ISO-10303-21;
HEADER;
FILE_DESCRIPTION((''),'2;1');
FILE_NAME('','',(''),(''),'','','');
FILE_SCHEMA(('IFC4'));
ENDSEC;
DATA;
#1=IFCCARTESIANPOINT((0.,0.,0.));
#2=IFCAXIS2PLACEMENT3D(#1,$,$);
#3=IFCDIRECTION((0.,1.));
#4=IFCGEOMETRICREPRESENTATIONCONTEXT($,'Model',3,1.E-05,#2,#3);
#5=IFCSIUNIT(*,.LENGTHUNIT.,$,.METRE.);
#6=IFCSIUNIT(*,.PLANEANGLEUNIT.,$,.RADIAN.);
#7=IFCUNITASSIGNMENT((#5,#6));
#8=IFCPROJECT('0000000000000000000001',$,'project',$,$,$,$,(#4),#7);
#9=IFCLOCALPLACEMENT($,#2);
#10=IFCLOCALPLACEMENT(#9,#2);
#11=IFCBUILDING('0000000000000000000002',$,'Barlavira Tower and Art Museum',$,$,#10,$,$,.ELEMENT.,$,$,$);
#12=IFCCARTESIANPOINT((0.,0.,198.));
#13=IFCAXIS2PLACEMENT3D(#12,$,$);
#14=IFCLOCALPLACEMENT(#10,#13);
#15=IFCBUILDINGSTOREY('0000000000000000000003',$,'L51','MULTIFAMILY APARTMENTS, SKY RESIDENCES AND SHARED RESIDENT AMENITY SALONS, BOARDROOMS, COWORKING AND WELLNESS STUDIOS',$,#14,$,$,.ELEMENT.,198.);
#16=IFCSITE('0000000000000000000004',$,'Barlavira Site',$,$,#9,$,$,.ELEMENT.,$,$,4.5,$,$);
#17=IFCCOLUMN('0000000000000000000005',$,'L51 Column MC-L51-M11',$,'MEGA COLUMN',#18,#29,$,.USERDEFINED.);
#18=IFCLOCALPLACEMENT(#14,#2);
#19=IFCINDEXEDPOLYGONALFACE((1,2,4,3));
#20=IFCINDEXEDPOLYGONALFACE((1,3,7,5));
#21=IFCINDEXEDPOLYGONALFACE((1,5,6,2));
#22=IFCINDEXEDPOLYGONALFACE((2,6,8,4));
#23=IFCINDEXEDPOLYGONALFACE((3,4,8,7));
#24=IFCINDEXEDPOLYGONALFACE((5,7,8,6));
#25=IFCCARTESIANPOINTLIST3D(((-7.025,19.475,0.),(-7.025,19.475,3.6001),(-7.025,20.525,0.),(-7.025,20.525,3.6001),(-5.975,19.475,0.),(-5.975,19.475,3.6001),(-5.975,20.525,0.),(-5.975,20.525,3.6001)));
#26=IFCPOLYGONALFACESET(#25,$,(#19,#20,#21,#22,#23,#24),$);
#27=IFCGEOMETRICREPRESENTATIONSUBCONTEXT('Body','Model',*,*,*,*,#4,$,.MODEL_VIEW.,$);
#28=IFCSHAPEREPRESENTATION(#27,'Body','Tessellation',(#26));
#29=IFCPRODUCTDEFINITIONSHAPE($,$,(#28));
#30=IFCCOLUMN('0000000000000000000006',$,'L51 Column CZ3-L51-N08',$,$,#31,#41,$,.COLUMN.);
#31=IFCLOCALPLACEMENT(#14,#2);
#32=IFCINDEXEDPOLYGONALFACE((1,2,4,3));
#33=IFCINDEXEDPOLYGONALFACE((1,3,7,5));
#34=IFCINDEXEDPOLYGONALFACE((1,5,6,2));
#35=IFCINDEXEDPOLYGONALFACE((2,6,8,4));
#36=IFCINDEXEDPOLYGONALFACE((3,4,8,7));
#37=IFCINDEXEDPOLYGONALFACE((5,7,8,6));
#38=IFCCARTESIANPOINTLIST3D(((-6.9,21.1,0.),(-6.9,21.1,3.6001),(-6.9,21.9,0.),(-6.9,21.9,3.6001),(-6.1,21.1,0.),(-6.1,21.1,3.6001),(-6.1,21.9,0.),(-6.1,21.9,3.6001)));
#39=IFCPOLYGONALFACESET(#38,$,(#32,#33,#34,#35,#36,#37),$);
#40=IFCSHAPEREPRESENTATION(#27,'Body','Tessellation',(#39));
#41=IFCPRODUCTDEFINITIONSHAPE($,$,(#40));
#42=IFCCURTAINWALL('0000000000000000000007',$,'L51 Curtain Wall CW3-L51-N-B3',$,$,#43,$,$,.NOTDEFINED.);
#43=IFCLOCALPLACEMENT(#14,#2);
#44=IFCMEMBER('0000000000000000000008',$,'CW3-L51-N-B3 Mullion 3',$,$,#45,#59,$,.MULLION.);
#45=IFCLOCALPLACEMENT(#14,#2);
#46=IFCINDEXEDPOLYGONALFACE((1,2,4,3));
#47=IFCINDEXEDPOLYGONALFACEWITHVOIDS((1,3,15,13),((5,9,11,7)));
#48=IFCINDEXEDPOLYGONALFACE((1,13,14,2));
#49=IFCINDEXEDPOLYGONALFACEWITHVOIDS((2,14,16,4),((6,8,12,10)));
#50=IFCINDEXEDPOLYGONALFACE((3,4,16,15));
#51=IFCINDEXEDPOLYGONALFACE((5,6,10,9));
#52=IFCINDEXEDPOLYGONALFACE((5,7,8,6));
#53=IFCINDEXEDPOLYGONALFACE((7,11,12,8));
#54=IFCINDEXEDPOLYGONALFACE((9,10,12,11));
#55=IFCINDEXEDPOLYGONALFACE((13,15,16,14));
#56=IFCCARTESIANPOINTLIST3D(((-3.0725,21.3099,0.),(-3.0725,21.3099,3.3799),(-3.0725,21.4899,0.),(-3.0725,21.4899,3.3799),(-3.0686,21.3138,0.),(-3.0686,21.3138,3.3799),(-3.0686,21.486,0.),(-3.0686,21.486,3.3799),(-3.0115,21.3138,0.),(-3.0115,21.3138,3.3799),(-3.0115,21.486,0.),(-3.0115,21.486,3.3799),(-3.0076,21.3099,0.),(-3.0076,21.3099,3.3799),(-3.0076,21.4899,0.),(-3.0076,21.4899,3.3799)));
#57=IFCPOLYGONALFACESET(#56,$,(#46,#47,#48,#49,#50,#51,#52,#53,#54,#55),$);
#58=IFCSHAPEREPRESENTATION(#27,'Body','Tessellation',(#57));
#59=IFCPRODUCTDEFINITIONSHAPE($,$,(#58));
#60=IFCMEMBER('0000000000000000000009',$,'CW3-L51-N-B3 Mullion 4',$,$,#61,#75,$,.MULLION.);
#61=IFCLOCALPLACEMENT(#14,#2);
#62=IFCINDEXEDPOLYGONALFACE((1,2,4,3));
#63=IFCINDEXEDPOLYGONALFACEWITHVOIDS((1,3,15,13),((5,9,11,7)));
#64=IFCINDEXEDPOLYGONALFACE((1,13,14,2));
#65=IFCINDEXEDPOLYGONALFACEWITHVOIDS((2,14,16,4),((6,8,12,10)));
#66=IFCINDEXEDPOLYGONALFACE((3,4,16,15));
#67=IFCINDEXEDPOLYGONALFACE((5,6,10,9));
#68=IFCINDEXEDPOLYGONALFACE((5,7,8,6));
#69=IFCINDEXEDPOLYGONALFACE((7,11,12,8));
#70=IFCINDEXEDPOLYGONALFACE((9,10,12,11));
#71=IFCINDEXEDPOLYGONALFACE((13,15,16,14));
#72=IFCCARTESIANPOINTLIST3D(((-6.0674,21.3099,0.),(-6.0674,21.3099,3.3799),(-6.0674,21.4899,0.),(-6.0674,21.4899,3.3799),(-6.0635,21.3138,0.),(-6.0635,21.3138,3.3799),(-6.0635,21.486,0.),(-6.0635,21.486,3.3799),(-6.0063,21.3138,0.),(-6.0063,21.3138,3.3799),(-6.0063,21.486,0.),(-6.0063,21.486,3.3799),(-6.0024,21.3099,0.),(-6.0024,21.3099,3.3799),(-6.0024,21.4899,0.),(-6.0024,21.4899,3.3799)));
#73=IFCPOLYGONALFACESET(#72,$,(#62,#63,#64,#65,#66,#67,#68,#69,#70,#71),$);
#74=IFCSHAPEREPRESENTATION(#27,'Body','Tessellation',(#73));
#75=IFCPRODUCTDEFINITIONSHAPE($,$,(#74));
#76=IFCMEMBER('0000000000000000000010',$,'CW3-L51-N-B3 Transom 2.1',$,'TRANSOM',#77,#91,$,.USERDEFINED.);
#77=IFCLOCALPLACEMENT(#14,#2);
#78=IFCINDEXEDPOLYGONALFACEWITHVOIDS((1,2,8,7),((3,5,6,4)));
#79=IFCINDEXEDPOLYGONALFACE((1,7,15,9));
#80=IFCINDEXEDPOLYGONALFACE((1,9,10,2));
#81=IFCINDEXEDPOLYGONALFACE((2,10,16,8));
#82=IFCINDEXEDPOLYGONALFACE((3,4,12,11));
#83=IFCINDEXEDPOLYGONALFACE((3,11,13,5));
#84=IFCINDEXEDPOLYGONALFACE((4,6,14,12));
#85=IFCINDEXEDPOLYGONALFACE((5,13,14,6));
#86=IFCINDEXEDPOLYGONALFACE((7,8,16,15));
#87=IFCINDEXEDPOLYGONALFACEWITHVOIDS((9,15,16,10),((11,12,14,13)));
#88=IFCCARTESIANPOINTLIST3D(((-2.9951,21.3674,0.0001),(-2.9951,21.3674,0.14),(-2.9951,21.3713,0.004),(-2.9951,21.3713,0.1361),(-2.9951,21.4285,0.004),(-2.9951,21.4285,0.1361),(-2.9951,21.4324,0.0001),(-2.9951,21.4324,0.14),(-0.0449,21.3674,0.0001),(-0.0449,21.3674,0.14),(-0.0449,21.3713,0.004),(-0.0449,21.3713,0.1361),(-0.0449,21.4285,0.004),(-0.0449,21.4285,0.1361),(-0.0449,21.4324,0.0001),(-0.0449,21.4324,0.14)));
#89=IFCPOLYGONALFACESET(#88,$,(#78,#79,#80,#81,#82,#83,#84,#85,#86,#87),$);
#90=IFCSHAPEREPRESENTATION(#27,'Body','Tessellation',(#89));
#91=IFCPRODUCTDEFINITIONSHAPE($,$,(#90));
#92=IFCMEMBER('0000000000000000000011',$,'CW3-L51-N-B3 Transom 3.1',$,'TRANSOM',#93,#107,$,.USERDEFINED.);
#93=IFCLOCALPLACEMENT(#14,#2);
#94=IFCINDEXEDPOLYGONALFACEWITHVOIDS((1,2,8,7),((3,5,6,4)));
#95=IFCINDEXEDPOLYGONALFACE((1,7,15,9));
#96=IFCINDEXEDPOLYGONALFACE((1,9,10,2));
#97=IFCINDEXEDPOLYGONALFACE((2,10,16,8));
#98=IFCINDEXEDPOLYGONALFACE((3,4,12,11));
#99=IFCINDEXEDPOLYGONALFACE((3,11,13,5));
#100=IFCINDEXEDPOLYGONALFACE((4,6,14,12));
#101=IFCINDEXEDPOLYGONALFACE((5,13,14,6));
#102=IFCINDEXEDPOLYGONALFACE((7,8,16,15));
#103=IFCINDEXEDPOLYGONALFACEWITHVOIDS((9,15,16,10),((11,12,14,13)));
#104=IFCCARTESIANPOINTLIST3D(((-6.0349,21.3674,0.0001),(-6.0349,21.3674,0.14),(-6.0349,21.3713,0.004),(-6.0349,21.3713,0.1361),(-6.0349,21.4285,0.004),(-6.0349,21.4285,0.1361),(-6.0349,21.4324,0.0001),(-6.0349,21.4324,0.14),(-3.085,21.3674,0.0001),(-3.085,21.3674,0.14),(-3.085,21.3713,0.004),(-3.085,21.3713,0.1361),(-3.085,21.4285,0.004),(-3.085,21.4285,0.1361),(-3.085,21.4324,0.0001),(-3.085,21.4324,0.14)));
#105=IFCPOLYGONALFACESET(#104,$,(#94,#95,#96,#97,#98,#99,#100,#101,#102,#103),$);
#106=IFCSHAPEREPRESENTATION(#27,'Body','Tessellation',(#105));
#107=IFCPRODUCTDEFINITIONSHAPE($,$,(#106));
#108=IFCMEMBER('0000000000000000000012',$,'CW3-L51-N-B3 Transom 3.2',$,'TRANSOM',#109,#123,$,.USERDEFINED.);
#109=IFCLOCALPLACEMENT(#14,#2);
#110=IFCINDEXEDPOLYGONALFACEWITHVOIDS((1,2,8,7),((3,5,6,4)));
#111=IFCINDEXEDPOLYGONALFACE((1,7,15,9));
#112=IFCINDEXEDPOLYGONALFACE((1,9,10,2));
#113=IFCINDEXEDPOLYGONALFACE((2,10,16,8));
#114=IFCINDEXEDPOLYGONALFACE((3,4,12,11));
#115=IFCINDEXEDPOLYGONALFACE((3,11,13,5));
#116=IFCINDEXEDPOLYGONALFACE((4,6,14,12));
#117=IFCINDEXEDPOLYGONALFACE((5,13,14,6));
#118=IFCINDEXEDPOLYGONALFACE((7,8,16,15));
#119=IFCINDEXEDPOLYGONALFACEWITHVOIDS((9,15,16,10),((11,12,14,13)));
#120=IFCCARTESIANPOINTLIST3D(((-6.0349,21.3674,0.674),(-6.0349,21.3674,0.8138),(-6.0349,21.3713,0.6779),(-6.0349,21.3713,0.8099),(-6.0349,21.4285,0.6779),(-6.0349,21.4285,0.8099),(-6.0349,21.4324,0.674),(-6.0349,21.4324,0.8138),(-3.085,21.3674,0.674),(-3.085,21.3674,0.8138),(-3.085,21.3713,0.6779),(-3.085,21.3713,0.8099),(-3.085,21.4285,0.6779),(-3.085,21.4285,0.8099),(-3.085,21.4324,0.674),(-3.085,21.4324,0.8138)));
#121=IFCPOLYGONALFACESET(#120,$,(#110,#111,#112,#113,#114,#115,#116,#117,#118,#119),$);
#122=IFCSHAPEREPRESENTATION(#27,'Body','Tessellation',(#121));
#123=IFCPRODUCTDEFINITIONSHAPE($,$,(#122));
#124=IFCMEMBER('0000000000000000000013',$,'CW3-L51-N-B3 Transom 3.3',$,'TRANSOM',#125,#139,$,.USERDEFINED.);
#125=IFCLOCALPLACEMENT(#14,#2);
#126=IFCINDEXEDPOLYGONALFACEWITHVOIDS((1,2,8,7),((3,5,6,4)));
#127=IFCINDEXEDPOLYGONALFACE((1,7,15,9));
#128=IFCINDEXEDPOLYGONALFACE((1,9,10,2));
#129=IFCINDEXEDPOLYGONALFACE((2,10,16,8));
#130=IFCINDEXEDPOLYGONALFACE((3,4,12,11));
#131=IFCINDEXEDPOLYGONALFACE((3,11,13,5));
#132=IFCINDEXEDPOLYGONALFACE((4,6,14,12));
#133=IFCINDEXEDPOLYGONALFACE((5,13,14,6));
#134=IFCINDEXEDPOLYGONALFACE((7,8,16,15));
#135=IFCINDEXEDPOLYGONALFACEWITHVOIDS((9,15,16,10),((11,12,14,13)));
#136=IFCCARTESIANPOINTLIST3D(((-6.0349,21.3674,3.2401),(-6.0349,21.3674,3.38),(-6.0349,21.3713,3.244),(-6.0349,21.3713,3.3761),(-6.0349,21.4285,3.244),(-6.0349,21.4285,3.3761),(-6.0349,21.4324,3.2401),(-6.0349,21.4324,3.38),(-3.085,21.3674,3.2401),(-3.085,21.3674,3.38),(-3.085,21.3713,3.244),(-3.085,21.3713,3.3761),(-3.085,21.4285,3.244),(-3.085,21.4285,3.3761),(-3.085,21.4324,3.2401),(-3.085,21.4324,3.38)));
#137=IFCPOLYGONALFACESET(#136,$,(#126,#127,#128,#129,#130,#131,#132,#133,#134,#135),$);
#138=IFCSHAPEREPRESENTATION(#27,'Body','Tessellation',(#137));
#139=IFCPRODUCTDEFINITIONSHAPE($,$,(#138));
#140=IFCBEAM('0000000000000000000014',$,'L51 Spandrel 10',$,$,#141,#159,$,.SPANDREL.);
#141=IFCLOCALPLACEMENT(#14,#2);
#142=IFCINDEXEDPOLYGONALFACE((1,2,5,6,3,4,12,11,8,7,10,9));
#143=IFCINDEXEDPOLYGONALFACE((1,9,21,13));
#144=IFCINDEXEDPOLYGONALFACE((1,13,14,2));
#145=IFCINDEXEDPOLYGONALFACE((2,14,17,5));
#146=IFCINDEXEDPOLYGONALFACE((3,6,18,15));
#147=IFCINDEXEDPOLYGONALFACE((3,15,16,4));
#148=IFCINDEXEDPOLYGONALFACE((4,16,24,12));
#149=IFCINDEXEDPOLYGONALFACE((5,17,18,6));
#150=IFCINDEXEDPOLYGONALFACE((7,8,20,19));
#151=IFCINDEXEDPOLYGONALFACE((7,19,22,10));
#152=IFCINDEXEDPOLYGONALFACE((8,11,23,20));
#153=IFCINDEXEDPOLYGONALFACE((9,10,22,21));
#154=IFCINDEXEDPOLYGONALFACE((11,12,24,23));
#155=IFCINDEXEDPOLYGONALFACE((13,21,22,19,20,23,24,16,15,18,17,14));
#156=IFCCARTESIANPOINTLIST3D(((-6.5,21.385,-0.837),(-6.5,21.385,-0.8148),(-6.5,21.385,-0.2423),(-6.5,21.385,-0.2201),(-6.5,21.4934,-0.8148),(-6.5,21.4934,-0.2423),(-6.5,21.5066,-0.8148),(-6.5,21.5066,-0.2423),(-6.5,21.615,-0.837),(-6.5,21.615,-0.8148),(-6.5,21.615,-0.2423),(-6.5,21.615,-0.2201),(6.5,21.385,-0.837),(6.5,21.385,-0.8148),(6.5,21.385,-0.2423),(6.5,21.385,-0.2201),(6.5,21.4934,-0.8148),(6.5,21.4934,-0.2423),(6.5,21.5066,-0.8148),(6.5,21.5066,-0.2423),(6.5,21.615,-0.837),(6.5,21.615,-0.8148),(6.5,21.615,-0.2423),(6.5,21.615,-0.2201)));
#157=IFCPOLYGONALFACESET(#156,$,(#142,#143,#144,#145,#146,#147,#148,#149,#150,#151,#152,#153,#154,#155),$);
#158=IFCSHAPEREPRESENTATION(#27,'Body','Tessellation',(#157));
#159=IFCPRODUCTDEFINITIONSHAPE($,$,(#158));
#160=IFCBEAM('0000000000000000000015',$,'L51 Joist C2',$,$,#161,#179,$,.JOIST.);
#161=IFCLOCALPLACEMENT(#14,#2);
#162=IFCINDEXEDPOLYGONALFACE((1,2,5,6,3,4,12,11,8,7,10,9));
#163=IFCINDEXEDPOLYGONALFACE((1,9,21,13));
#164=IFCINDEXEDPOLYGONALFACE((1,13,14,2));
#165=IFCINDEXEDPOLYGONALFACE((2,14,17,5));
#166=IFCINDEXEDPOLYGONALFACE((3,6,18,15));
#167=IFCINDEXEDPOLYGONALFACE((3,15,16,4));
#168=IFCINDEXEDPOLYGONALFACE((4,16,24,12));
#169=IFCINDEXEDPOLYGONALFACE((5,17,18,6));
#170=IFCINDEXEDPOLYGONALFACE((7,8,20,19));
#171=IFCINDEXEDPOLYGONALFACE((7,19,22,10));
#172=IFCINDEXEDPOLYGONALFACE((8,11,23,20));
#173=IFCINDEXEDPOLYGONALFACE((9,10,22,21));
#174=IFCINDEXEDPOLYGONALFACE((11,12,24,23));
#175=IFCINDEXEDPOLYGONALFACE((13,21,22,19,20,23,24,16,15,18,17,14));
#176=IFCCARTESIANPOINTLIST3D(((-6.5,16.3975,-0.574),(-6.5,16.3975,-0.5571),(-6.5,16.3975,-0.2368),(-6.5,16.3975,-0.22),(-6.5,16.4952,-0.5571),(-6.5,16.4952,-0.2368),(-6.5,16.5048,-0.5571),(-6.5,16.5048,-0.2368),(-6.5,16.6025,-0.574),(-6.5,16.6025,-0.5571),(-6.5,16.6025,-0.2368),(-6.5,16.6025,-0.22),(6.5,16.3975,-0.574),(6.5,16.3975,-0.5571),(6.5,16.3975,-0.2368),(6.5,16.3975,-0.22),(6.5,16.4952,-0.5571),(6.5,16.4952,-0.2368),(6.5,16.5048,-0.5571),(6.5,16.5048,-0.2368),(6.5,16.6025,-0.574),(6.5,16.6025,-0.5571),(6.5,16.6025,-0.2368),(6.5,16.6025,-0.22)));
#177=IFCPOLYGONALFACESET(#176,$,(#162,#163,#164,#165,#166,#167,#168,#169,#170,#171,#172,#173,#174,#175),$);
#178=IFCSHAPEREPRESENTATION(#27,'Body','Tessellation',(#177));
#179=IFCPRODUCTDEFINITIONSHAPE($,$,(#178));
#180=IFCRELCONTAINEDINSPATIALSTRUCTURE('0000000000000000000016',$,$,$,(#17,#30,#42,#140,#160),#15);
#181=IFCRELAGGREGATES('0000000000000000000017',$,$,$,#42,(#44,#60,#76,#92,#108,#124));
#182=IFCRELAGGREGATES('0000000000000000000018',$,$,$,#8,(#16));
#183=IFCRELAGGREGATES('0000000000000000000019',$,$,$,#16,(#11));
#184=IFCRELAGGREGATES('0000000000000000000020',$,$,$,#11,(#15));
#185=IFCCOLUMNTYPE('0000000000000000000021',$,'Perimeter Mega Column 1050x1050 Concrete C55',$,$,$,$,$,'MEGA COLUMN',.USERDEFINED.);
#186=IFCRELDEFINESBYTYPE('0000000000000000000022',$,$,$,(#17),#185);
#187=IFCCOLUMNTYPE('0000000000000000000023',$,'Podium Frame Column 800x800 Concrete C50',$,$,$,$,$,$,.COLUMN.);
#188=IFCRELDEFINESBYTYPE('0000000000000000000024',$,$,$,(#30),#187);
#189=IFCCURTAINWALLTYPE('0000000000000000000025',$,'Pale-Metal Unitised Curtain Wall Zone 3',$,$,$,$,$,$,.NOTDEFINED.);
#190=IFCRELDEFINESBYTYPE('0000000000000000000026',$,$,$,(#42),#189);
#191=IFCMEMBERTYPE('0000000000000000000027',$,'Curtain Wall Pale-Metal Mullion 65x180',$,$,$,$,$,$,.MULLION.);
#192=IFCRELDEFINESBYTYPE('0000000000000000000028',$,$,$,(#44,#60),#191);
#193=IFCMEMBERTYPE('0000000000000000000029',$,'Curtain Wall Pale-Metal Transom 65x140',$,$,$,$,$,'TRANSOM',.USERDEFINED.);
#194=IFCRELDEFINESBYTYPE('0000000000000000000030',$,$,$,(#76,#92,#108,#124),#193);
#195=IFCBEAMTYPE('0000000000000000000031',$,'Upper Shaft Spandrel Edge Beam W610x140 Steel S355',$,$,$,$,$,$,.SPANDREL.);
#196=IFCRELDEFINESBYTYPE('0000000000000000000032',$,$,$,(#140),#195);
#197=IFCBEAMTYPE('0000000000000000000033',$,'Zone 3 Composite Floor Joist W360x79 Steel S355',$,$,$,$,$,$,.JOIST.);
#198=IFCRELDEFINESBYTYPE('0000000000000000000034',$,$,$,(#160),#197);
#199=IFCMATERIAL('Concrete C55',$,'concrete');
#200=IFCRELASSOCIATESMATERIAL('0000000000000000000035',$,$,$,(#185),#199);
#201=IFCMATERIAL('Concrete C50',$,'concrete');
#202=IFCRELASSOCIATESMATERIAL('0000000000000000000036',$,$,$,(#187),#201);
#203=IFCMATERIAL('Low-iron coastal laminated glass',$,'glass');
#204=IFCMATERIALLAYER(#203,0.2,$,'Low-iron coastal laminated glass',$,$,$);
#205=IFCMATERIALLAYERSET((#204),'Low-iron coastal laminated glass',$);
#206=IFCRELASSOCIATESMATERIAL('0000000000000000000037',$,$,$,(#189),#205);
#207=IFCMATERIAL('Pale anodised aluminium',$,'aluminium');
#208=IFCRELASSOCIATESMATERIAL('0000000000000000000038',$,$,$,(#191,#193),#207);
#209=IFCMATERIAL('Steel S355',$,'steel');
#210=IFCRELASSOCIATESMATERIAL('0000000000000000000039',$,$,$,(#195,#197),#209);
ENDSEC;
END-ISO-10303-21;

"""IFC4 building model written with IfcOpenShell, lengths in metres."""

from ifc_helpers import new_model, si_unit, direction, frame, origin, origin_2d, place, context, subcontext, project, spatial, rectangle, hollow_rectangle, i_section, extrude, material, layer, layer_set, material_profile, profile_set, type_object, element, aggregate, save


model = new_model("IFC4")

# Units and contexts
model_context = context("Model", 3, precision=1e-05, world=origin(), true_north=direction((0.0, 1.0)))
body_context = subcontext(model_context, "Body", "Model", "MODEL_VIEW")
ifc_project = project(units=[si_unit("LENGTHUNIT", "METRE"), si_unit("PLANEANGLEUNIT", "RADIAN")], contexts=[model_context])

# Site, building, storey
site_placement = place(None, origin())
site = spatial("IfcSite", under=ifc_project, at=site_placement, Name="Barlavira Site", CompositionType="ELEMENT", RefElevation=4.5)
building_placement = place(site_placement, origin())
building = spatial("IfcBuilding", under=site, at=building_placement, Name="Barlavira Tower and Art Museum", CompositionType="ELEMENT")
storey_placement = place(building_placement, frame((0.0, 0.0, 198.0)))
storey = spatial("IfcBuildingStorey", under=building, at=storey_placement, Name="L51", Description="MULTIFAMILY APARTMENTS, SKY RESIDENCES AND SHARED RESIDENT AMENITY SALONS, BOARDROOMS, COWORKING AND WELLNESS STUDIOS", CompositionType="ELEMENT", Elevation=198.0)

# Columns
ifc_material_1 = material(Name="Concrete C55", Category="concrete")
ifc_material_profile_1 = material_profile(ifc_material_1, rectangle(XDim=1.05, YDim=1.05, at=origin_2d()), Name="RC-COL 1050x1050")
ifc_profile_set_1 = profile_set([ifc_material_profile_1], Name="Concrete C55")
column_type_1 = type_object("IfcColumnType", Name="Perimeter Mega Column 1050x1050 Concrete C55", ElementType="MEGA COLUMN", PredefinedType="USERDEFINED", material=ifc_profile_set_1)
column_1_placement = place(storey_placement, frame((-6.5, 20.0, 0.0), z_axis=(0.0, 0.0, 1.0), x_axis=(1.0, 0.0, 0.0)))
element("IfcColumn", 1, at=column_1_placement, inside=storey, type_object=column_type_1, Name="L51 Column MC-L51-M11", ObjectType="MEGA COLUMN", PredefinedType="USERDEFINED", context=body_context, shape_type="SweptSolid", body=[
    extrude(rectangle(XDim=1.05, YDim=1.05, at=origin_2d()), origin(), (0.0, 0.0, 1.0), 3.6001),
])
ifc_material_2 = material(Name="Concrete C50", Category="concrete")
ifc_material_profile_2 = material_profile(ifc_material_2, rectangle(XDim=0.8, YDim=0.8, at=origin_2d()), Name="RC-COL 800x800")
ifc_profile_set_2 = profile_set([ifc_material_profile_2], Name="Concrete C50")
column_type_2 = type_object("IfcColumnType", Name="Podium Frame Column 800x800 Concrete C50", PredefinedType="COLUMN", material=ifc_profile_set_2)
column_2_placement = place(storey_placement, frame((-6.5, 21.5, 0.0), z_axis=(0.0, 0.0, 1.0), x_axis=(1.0, 0.0, 0.0)))
element("IfcColumn", 2, at=column_2_placement, inside=storey, type_object=column_type_2, Name="L51 Column CZ3-L51-N08", PredefinedType="COLUMN", context=body_context, shape_type="SweptSolid", body=[
    extrude(rectangle(XDim=0.8, YDim=0.8, at=origin_2d()), origin(), (0.0, 0.0, 1.0), 3.6001),
])

# Curtain wall, members
ifc_material_3 = material(Name="Low-iron coastal laminated glass", Category="glass")
ifc_layer_1 = layer(ifc_material_3, 0.2, Name="Low-iron coastal laminated glass")
ifc_layer_set_1 = layer_set([ifc_layer_1], Name="Low-iron coastal laminated glass")
curtain_wall_type = type_object("IfcCurtainWallType", Name="Pale-Metal Unitised Curtain Wall Zone 3", PredefinedType="NOTDEFINED", material=ifc_layer_set_1)
curtain_wall_placement = place(storey_placement, origin())
curtain_wall = element("IfcCurtainWall", 3, at=curtain_wall_placement, inside=storey, type_object=curtain_wall_type, Name="L51 Curtain Wall CW3-L51-N-B3", PredefinedType="NOTDEFINED")
ifc_material_4 = material(Name="Pale anodised aluminium", Category="aluminium")
ifc_material_profile_3 = material_profile(ifc_material_4, hollow_rectangle(XDim=0.0649, YDim=0.1799, WallThickness=0.0039, at=origin_2d()), Name="ALU-MULL 65x180x4")
ifc_profile_set_3 = profile_set([ifc_material_profile_3], Name="Pale anodised aluminium")
member_type_1 = type_object("IfcMemberType", Name="Curtain Wall Pale-Metal Mullion 65x180", PredefinedType="MULLION", material=ifc_profile_set_3)
member_1_placement = place(storey_placement, frame((-3.04, 21.3999, 0.0), z_axis=(0.0, 0.0, 1.0), x_axis=(-1.0, 0.0, 0.0)))
member_1 = element("IfcMember", 4, at=member_1_placement, type_object=member_type_1, Name="CW3-L51-N-B3 Mullion 3", PredefinedType="MULLION", context=body_context, shape_type="SweptSolid", body=[
    extrude(hollow_rectangle(XDim=0.0649, YDim=0.1799, WallThickness=0.0039, at=origin_2d()), origin(), (0.0, 0.0, 1.0), 3.3799),
])
member_2_placement = place(storey_placement, frame((-6.0349, 21.3999, 0.0), z_axis=(0.0, 0.0, 1.0), x_axis=(-1.0, 0.0, 0.0)))
member_2 = element("IfcMember", 5, at=member_2_placement, type_object=member_type_1, Name="CW3-L51-N-B3 Mullion 4", PredefinedType="MULLION", context=body_context, shape_type="SweptSolid", body=[
    extrude(hollow_rectangle(XDim=0.0649, YDim=0.1799, WallThickness=0.0039, at=origin_2d()), origin(), (0.0, 0.0, 1.0), 3.3799),
])
ifc_material_profile_4 = material_profile(ifc_material_4, hollow_rectangle(XDim=0.0649, YDim=0.1399, WallThickness=0.0039, at=origin_2d()), Name="ALU-TRAN 65x140x4")
ifc_profile_set_4 = profile_set([ifc_material_profile_4], Name="Pale anodised aluminium")
member_type_2 = type_object("IfcMemberType", Name="Curtain Wall Pale-Metal Transom 65x140", ElementType="TRANSOM", PredefinedType="USERDEFINED", material=ifc_profile_set_4)
member_3_placement = place(storey_placement, frame((-0.0449, 21.3999, 0.0701), z_axis=(-1.0, 0.0, 0.0), x_axis=(0.0, -1.0, 0.0)))
member_3 = element("IfcMember", 6, at=member_3_placement, type_object=member_type_2, Name="CW3-L51-N-B3 Transom 2.1", ObjectType="TRANSOM", PredefinedType="USERDEFINED", context=body_context, shape_type="SweptSolid", body=[
    extrude(hollow_rectangle(XDim=0.0649, YDim=0.1399, WallThickness=0.0039, at=origin_2d()), origin(), (0.0, 0.0, 1.0), 2.9502),
])
member_4_placement = place(storey_placement, frame((-3.085, 21.3999, 0.0701), z_axis=(-1.0, 0.0, 0.0), x_axis=(0.0, -1.0, 0.0)))
member_4 = element("IfcMember", 7, at=member_4_placement, type_object=member_type_2, Name="CW3-L51-N-B3 Transom 3.1", ObjectType="TRANSOM", PredefinedType="USERDEFINED", context=body_context, shape_type="SweptSolid", body=[
    extrude(hollow_rectangle(XDim=0.0649, YDim=0.1399, WallThickness=0.0039, at=origin_2d()), origin(), (0.0, 0.0, 1.0), 2.95),
])
member_5_placement = place(storey_placement, frame((-3.085, 21.3999, 0.7439), z_axis=(-1.0, 0.0, 0.0), x_axis=(0.0, -1.0, 0.0)))
member_5 = element("IfcMember", 8, at=member_5_placement, type_object=member_type_2, Name="CW3-L51-N-B3 Transom 3.2", ObjectType="TRANSOM", PredefinedType="USERDEFINED", context=body_context, shape_type="SweptSolid", body=[
    extrude(hollow_rectangle(XDim=0.0649, YDim=0.1399, WallThickness=0.0039, at=origin_2d()), origin(), (0.0, 0.0, 1.0), 2.95),
])
member_6_placement = place(storey_placement, frame((-3.085, 21.3999, 3.3101), z_axis=(-1.0, 0.0, 0.0), x_axis=(0.0, -1.0, 0.0)))
member_6 = element("IfcMember", 9, at=member_6_placement, type_object=member_type_2, Name="CW3-L51-N-B3 Transom 3.3", ObjectType="TRANSOM", PredefinedType="USERDEFINED", context=body_context, shape_type="SweptSolid", body=[
    extrude(hollow_rectangle(XDim=0.0649, YDim=0.1399, WallThickness=0.0039, at=origin_2d()), origin(), (0.0, 0.0, 1.0), 2.95),
])

# Beams
ifc_material_5 = material(Name="Steel S355", Category="steel")
ifc_material_profile_5 = material_profile(ifc_material_5, i_section(OverallWidth=0.23, OverallDepth=0.6169, WebThickness=0.0132, FlangeThickness=0.0222, at=origin_2d()), Name="W610x140.0")
ifc_profile_set_5 = profile_set([ifc_material_profile_5], Name="Steel S355")
beam_type_1 = type_object("IfcBeamType", Name="Upper Shaft Spandrel Edge Beam W610x140 Steel S355", PredefinedType="SPANDREL", material=ifc_profile_set_5)
beam_1_placement = place(storey_placement, frame((-6.5, 21.5, -0.5286), z_axis=(1.0, 0.0, 0.0), x_axis=(0.0, 1.0, 0.0)))
element("IfcBeam", 10, at=beam_1_placement, inside=storey, type_object=beam_type_1, Name="L51 Spandrel 10", PredefinedType="SPANDREL", context=body_context, shape_type="SweptSolid", body=[
    extrude(i_section(OverallWidth=0.23, OverallDepth=0.6169, WebThickness=0.0132, FlangeThickness=0.0222, at=origin_2d()), origin(), (0.0, 0.0, 1.0), 13.0),
])
ifc_material_profile_6 = material_profile(ifc_material_5, i_section(OverallWidth=0.2051, OverallDepth=0.354, WebThickness=0.0095, FlangeThickness=0.0168, at=origin_2d()), Name="W360x79.0")
ifc_profile_set_6 = profile_set([ifc_material_profile_6], Name="Steel S355")
beam_type_2 = type_object("IfcBeamType", Name="Zone 3 Composite Floor Joist W360x79 Steel S355", PredefinedType="JOIST", material=ifc_profile_set_6)
beam_2_placement = place(storey_placement, frame((-6.5, 16.5, -0.397), z_axis=(1.0, 0.0, 0.0), x_axis=(0.0, 1.0, 0.0)))
element("IfcBeam", 11, at=beam_2_placement, inside=storey, type_object=beam_type_2, Name="L51 Joist C2", PredefinedType="JOIST", context=body_context, shape_type="SweptSolid", body=[
    extrude(i_section(OverallWidth=0.2051, OverallDepth=0.354, WebThickness=0.0095, FlangeThickness=0.0168, at=origin_2d()), origin(), (0.0, 0.0, 1.0), 13.0),
])

aggregate(curtain_wall, [member_1, member_2, member_3, member_4, member_5, member_6])

save(model, "model.ifc")
